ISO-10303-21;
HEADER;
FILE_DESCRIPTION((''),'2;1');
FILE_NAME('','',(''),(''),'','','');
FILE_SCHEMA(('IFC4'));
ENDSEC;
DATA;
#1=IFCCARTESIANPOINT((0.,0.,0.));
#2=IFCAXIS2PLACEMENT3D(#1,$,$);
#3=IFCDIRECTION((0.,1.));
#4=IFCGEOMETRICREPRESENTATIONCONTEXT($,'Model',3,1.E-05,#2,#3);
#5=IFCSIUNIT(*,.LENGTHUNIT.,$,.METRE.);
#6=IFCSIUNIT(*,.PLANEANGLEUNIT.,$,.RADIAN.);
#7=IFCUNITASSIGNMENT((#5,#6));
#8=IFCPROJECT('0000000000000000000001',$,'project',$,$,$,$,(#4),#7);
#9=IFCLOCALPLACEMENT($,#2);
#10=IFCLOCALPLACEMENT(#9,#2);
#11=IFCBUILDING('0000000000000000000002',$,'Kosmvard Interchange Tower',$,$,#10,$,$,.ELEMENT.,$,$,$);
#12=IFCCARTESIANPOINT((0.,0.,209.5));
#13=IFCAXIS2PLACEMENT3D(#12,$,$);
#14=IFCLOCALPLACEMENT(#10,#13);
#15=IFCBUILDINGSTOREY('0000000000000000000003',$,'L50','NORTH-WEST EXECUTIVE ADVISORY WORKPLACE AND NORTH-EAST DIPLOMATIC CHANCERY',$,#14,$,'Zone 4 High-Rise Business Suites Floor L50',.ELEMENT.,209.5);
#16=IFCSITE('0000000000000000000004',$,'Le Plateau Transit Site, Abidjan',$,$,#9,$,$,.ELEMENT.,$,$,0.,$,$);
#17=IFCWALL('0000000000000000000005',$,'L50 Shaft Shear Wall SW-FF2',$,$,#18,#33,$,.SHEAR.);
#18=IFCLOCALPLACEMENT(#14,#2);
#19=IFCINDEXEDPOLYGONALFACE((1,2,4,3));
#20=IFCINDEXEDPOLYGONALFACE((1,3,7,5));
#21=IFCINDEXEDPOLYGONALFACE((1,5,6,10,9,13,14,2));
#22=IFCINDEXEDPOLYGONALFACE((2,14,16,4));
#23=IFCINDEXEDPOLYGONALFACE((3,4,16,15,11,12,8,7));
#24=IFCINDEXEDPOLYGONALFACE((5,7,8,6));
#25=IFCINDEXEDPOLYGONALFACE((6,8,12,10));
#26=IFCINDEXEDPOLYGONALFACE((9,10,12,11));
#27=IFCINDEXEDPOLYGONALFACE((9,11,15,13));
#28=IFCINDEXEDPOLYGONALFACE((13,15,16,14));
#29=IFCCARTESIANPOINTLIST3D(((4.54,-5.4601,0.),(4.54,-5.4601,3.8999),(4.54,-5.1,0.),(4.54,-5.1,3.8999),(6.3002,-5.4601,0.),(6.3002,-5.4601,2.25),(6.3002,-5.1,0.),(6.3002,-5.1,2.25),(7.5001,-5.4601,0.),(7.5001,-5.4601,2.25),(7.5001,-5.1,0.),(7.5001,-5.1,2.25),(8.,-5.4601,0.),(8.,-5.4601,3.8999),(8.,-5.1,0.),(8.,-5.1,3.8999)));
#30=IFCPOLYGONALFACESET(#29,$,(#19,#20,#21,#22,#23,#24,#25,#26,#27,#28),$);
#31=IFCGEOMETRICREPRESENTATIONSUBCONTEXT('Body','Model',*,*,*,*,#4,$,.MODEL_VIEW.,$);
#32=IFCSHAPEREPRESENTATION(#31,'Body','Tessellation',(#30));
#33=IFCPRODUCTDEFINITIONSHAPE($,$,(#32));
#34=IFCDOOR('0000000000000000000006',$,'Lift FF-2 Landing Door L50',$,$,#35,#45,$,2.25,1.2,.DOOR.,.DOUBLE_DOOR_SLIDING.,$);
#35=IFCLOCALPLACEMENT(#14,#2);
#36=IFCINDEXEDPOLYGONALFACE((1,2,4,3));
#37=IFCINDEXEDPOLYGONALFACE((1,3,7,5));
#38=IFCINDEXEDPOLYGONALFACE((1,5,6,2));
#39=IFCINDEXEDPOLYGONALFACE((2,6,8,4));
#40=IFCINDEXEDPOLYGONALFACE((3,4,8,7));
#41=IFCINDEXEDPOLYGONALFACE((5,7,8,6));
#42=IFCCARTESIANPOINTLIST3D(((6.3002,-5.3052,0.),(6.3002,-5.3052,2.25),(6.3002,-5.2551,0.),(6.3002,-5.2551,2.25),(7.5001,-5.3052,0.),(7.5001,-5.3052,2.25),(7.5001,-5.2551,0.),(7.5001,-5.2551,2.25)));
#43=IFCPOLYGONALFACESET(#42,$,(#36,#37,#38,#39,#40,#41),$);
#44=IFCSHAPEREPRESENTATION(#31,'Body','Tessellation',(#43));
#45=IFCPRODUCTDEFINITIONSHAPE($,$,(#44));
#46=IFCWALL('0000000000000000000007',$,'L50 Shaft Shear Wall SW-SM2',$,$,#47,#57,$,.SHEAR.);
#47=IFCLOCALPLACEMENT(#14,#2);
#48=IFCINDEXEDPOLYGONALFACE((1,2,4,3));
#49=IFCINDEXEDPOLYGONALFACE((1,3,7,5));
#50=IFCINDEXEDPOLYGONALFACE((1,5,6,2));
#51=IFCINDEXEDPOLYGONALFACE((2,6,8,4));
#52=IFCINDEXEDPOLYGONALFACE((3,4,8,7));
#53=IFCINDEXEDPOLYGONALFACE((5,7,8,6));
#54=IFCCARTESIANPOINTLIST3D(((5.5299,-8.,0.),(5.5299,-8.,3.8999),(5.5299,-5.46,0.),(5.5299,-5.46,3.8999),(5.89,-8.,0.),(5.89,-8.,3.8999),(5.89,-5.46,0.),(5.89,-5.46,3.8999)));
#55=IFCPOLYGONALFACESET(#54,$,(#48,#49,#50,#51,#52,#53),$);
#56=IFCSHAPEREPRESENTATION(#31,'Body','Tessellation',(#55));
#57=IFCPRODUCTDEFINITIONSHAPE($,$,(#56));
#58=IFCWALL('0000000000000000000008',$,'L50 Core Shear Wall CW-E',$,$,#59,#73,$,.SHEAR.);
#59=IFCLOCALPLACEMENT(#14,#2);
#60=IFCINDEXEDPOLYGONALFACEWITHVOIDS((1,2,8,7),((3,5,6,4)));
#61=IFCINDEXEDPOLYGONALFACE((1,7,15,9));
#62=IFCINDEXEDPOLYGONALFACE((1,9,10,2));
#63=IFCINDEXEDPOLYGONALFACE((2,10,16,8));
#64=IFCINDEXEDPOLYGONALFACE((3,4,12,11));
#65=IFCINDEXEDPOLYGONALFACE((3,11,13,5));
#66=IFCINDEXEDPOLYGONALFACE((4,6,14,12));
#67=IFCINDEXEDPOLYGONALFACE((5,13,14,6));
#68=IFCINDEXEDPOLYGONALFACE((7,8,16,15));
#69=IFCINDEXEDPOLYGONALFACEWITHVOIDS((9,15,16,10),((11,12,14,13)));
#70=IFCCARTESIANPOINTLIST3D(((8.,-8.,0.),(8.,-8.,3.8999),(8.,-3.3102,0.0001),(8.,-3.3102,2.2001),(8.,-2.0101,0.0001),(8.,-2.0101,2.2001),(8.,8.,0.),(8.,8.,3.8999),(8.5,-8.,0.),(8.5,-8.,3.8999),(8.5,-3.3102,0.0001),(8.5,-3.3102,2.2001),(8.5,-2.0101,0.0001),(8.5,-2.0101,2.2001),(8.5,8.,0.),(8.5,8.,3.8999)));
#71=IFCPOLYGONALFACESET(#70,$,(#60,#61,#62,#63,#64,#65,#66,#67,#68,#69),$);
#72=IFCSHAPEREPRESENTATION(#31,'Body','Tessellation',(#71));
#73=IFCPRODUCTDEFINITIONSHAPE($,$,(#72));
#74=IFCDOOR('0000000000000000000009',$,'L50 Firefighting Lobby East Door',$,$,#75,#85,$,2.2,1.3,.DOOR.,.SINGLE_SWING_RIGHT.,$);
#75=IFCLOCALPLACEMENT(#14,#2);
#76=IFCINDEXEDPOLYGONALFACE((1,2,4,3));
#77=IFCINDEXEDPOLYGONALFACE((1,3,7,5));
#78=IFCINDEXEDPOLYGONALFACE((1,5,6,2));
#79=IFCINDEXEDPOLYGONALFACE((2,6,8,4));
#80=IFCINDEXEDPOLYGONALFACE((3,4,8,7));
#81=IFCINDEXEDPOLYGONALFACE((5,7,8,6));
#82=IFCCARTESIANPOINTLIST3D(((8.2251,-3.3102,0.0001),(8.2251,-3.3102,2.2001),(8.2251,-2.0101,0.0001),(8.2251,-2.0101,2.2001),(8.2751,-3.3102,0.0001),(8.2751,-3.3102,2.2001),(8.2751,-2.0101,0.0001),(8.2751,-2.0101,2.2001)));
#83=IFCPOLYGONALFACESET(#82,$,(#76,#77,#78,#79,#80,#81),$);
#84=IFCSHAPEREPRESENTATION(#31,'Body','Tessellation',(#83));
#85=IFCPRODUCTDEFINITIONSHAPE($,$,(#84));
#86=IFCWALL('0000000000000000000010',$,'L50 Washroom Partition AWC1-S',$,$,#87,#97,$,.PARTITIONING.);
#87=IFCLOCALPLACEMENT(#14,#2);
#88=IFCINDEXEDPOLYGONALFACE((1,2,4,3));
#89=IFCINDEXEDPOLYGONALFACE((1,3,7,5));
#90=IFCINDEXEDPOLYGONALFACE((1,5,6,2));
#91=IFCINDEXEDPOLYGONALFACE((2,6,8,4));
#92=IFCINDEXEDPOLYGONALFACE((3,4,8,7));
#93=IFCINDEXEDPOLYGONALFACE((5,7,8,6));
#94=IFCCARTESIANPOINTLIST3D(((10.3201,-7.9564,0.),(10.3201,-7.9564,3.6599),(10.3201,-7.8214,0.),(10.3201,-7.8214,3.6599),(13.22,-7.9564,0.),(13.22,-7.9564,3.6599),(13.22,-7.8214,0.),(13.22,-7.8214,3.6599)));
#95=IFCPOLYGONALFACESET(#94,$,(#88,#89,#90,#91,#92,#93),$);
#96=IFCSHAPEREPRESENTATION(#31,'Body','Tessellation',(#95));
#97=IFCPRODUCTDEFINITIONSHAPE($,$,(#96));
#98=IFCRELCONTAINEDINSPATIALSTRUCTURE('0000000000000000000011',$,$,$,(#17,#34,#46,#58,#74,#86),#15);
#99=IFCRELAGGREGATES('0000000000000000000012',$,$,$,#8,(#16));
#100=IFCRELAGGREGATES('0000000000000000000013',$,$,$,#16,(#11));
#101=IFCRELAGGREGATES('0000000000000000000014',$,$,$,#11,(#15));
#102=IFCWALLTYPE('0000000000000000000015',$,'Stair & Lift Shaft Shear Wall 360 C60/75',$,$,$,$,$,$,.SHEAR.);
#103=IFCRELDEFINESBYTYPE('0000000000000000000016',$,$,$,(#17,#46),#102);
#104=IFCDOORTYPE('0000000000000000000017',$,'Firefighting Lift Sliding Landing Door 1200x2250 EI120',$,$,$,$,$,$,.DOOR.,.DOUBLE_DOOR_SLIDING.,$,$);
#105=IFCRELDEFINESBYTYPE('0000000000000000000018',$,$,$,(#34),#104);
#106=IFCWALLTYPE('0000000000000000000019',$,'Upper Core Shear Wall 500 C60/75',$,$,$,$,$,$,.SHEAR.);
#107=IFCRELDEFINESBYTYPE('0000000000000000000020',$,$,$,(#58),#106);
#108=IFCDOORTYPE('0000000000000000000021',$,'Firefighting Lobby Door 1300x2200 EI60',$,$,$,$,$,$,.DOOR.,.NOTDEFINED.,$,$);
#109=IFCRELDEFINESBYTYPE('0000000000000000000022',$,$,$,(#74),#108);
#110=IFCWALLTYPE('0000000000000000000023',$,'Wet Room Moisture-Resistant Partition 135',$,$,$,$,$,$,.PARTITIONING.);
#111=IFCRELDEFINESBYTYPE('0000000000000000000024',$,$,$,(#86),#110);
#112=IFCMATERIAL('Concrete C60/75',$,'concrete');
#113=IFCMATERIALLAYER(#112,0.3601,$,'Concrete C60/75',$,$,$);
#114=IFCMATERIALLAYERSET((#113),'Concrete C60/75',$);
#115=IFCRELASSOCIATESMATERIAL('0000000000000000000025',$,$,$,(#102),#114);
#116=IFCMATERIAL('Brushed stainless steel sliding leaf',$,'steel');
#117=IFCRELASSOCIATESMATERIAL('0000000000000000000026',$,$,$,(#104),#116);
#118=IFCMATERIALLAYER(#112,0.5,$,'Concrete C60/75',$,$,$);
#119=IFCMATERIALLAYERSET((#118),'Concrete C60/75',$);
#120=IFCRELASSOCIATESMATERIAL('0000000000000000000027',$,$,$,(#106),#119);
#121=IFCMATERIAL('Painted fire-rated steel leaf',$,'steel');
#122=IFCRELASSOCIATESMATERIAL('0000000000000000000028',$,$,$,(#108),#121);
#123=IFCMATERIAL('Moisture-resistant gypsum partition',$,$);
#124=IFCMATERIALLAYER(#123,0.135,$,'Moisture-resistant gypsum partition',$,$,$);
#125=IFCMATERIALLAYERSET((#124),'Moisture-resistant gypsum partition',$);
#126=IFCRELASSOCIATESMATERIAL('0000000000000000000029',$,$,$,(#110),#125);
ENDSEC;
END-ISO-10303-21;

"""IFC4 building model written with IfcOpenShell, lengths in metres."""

from ifc_helpers import new_model, si_unit, direction, frame, frame_2d, origin, place, context, subcontext, project, spatial, rectangle, extrude, source, transform, mapped, material, layer, layer_set, type_object, element, fill, save


model = new_model("IFC4")

# Units and contexts
model_context = context("Model", 3, precision=1e-05, world=origin(), true_north=direction((0.0, 1.0)))
body_context = subcontext(model_context, "Body", "Model", "MODEL_VIEW")
ifc_project = project(units=[si_unit("LENGTHUNIT", "METRE"), si_unit("PLANEANGLEUNIT", "RADIAN")], contexts=[model_context])

# Site, building, storey
site_placement = place(None, origin())
site = spatial("IfcSite", under=ifc_project, at=site_placement, Name="Le Plateau Transit Site, Abidjan", CompositionType="ELEMENT", RefElevation=0.0)
building_placement = place(site_placement, origin())
building = spatial("IfcBuilding", under=site, at=building_placement, Name="Kosmvard Interchange Tower", CompositionType="ELEMENT")
storey_placement = place(building_placement, frame((0.0, 0.0, 209.5)))
storey = spatial("IfcBuildingStorey", under=building, at=storey_placement, Name="L50", Description="NORTH-WEST EXECUTIVE ADVISORY WORKPLACE AND NORTH-EAST DIPLOMATIC CHANCERY", LongName="Zone 4 High-Rise Business Suites Floor L50", CompositionType="ELEMENT", Elevation=209.5)

# Shared definitions
ifc_material_1 = material(Name="Concrete C60/75", Category="concrete")

# Shared definitions
ifc_material_2 = material(Name="Painted fire-rated steel leaf", Category="steel")
ifc_material_3 = material(Name="Brushed stainless steel sliding leaf", Category="steel")

# Shared definitions
ifc_layer_1 = layer(ifc_material_1, 0.3601, Name="Concrete C60/75")
ifc_layer_set_1 = layer_set([ifc_layer_1], Name="Concrete C60/75")
wall_type_1 = type_object("IfcWallType", Name="Stair & Lift Shaft Shear Wall 360 C60/75", PredefinedType="SHEAR", material=ifc_layer_set_1)

# Wall, opening, door
wall_1_placement = place(storey_placement, frame((4.54, -5.28, 0.0), z_axis=(0.0, 0.0, 1.0), x_axis=(1.0, 0.0, 0.0)))
wall_1 = element("IfcWall", 1, at=wall_1_placement, inside=storey, type_object=wall_type_1, Name="L50 Shaft Shear Wall SW-FF2", PredefinedType="SHEAR", context=body_context, shape_type="SweptSolid", body=[
    extrude(rectangle(XDim=3.46, YDim=0.3601, at=frame_2d((1.73, 0.0))), origin(), (0.0, 0.0, 1.0), 3.8999),
])
opening_1_placement = place(wall_1_placement, frame((1.76, 0.0, 0.0)))
opening_1 = element("IfcOpeningElement", 2, at=opening_1_placement, cuts=wall_1, PredefinedType="OPENING", context=body_context, shape_type="SweptSolid", body=[
    extrude(rectangle(XDim=1.2, YDim=2.25, at=frame_2d((0.6001, 1.125))), frame((0.0, 0.1899, 0.0), z_axis=(0.0, -1.0, 0.0), x_axis=(1.0, 0.0, 0.0)), (0.0, 0.0, 1.0), 0.3801),
])
door_type_1 = type_object("IfcDoorType", Name="Firefighting Lift Sliding Landing Door 1200x2250 EI120", OperationType="DOUBLE_DOOR_SLIDING", PredefinedType="DOOR", material=ifc_material_3)
shared_shape_1 = source(origin(), body_context, "Body", "SweptSolid", [
    extrude(rectangle(XDim=1.2, YDim=2.25, at=frame_2d((0.6001, 1.125))), frame((0.0, 0.0249, 0.0), z_axis=(0.0, -1.0, 0.0), x_axis=(1.0, 0.0, 0.0)), (0.0, 0.0, 1.0), 0.05),
])
door_1_placement = place(opening_1_placement, origin())
door_1 = element("IfcDoor", 3, at=door_1_placement, inside=storey, type_object=door_type_1, Name="Lift FF-2 Landing Door L50", OperationType="DOUBLE_DOOR_SLIDING", OverallHeight=2.25, OverallWidth=1.2, PredefinedType="DOOR", context=body_context, shape_type="MappedRepresentation", body=[
    mapped(shared_shape_1, transform((0.0, 0.0, 0.0), scale=1.0)),
])
fill(opening_1, door_1)

# Wall
wall_2_placement = place(storey_placement, frame((5.71, -8.0, 0.0), z_axis=(0.0, 0.0, 1.0), x_axis=(0.0, 1.0, 0.0)))
element("IfcWall", 4, at=wall_2_placement, inside=storey, type_object=wall_type_1, Name="L50 Shaft Shear Wall SW-SM2", PredefinedType="SHEAR", context=body_context, shape_type="SweptSolid", body=[
    extrude(rectangle(XDim=2.54, YDim=0.3601, at=frame_2d((1.27, 0.0))), origin(), (0.0, 0.0, 1.0), 3.8999),
])

# Wall, opening, door
ifc_layer_2 = layer(ifc_material_1, 0.5, Name="Concrete C60/75")
ifc_layer_set_2 = layer_set([ifc_layer_2], Name="Concrete C60/75")
wall_type_2 = type_object("IfcWallType", Name="Upper Core Shear Wall 500 C60/75", PredefinedType="SHEAR", material=ifc_layer_set_2)
wall_3_placement = place(storey_placement, frame((8.25, -8.0, 0.0), z_axis=(0.0, 0.0, 1.0), x_axis=(0.0, 1.0, 0.0)))
wall_3 = element("IfcWall", 5, at=wall_3_placement, inside=storey, type_object=wall_type_2, Name="L50 Core Shear Wall CW-E", PredefinedType="SHEAR", context=body_context, shape_type="SweptSolid", body=[
    extrude(rectangle(XDim=16.0, YDim=0.5, at=frame_2d((8.0, 0.0))), origin(), (0.0, 0.0, 1.0), 3.8999),
])
opening_2_placement = place(wall_3_placement, frame((4.6899, 0.0, 0.0)))
opening_2 = element("IfcOpeningElement", 6, at=opening_2_placement, cuts=wall_3, PredefinedType="OPENING", context=body_context, shape_type="SweptSolid", body=[
    extrude(rectangle(XDim=1.3, YDim=2.2, at=frame_2d((0.6499, 1.1001))), frame((0.0, 0.26, 0.0), z_axis=(0.0, -1.0, 0.0), x_axis=(1.0, 0.0, 0.0)), (0.0, 0.0, 1.0), 0.52),
])
door_type_2 = type_object("IfcDoorType", Name="Firefighting Lobby Door 1300x2200 EI60", OperationType="NOTDEFINED", PredefinedType="DOOR", material=ifc_material_2)
shared_shape_2 = source(origin(), body_context, "Body", "SweptSolid", [
    extrude(rectangle(XDim=1.3, YDim=2.2, at=frame_2d((0.6499, 1.1001))), frame((0.0, 0.0249, 0.0), z_axis=(0.0, -1.0, 0.0), x_axis=(1.0, 0.0, 0.0)), (0.0, 0.0, 1.0), 0.05),
])
door_2_placement = place(opening_2_placement, origin())
door_2 = element("IfcDoor", 7, at=door_2_placement, inside=storey, type_object=door_type_2, Name="L50 Firefighting Lobby East Door", OperationType="SINGLE_SWING_RIGHT", OverallHeight=2.2, OverallWidth=1.3, PredefinedType="DOOR", context=body_context, shape_type="MappedRepresentation", body=[
    mapped(shared_shape_2, transform((0.0, 0.0, 0.0), scale=1.0)),
])
fill(opening_2, door_2)

# Wall
ifc_material_4 = material(Name="Moisture-resistant gypsum partition")
ifc_layer_3 = layer(ifc_material_4, 0.135, Name="Moisture-resistant gypsum partition")
ifc_layer_set_3 = layer_set([ifc_layer_3], Name="Moisture-resistant gypsum partition")
wall_type_3 = type_object("IfcWallType", Name="Wet Room Moisture-Resistant Partition 135", PredefinedType="PARTITIONING", material=ifc_layer_set_3)
wall_4_placement = place(storey_placement, frame((10.3201, -7.8889, 0.0), z_axis=(0.0, 0.0, 1.0), x_axis=(1.0, 0.0, 0.0)))
element("IfcWall", 8, at=wall_4_placement, inside=storey, type_object=wall_type_3, Name="L50 Washroom Partition AWC1-S", PredefinedType="PARTITIONING", context=body_context, shape_type="SweptSolid", body=[
    extrude(rectangle(XDim=2.8999, YDim=0.135, at=frame_2d((1.45, 0.0))), origin(), (0.0, 0.0, 1.0), 3.6599),
])

save(model, "model.ifc")
